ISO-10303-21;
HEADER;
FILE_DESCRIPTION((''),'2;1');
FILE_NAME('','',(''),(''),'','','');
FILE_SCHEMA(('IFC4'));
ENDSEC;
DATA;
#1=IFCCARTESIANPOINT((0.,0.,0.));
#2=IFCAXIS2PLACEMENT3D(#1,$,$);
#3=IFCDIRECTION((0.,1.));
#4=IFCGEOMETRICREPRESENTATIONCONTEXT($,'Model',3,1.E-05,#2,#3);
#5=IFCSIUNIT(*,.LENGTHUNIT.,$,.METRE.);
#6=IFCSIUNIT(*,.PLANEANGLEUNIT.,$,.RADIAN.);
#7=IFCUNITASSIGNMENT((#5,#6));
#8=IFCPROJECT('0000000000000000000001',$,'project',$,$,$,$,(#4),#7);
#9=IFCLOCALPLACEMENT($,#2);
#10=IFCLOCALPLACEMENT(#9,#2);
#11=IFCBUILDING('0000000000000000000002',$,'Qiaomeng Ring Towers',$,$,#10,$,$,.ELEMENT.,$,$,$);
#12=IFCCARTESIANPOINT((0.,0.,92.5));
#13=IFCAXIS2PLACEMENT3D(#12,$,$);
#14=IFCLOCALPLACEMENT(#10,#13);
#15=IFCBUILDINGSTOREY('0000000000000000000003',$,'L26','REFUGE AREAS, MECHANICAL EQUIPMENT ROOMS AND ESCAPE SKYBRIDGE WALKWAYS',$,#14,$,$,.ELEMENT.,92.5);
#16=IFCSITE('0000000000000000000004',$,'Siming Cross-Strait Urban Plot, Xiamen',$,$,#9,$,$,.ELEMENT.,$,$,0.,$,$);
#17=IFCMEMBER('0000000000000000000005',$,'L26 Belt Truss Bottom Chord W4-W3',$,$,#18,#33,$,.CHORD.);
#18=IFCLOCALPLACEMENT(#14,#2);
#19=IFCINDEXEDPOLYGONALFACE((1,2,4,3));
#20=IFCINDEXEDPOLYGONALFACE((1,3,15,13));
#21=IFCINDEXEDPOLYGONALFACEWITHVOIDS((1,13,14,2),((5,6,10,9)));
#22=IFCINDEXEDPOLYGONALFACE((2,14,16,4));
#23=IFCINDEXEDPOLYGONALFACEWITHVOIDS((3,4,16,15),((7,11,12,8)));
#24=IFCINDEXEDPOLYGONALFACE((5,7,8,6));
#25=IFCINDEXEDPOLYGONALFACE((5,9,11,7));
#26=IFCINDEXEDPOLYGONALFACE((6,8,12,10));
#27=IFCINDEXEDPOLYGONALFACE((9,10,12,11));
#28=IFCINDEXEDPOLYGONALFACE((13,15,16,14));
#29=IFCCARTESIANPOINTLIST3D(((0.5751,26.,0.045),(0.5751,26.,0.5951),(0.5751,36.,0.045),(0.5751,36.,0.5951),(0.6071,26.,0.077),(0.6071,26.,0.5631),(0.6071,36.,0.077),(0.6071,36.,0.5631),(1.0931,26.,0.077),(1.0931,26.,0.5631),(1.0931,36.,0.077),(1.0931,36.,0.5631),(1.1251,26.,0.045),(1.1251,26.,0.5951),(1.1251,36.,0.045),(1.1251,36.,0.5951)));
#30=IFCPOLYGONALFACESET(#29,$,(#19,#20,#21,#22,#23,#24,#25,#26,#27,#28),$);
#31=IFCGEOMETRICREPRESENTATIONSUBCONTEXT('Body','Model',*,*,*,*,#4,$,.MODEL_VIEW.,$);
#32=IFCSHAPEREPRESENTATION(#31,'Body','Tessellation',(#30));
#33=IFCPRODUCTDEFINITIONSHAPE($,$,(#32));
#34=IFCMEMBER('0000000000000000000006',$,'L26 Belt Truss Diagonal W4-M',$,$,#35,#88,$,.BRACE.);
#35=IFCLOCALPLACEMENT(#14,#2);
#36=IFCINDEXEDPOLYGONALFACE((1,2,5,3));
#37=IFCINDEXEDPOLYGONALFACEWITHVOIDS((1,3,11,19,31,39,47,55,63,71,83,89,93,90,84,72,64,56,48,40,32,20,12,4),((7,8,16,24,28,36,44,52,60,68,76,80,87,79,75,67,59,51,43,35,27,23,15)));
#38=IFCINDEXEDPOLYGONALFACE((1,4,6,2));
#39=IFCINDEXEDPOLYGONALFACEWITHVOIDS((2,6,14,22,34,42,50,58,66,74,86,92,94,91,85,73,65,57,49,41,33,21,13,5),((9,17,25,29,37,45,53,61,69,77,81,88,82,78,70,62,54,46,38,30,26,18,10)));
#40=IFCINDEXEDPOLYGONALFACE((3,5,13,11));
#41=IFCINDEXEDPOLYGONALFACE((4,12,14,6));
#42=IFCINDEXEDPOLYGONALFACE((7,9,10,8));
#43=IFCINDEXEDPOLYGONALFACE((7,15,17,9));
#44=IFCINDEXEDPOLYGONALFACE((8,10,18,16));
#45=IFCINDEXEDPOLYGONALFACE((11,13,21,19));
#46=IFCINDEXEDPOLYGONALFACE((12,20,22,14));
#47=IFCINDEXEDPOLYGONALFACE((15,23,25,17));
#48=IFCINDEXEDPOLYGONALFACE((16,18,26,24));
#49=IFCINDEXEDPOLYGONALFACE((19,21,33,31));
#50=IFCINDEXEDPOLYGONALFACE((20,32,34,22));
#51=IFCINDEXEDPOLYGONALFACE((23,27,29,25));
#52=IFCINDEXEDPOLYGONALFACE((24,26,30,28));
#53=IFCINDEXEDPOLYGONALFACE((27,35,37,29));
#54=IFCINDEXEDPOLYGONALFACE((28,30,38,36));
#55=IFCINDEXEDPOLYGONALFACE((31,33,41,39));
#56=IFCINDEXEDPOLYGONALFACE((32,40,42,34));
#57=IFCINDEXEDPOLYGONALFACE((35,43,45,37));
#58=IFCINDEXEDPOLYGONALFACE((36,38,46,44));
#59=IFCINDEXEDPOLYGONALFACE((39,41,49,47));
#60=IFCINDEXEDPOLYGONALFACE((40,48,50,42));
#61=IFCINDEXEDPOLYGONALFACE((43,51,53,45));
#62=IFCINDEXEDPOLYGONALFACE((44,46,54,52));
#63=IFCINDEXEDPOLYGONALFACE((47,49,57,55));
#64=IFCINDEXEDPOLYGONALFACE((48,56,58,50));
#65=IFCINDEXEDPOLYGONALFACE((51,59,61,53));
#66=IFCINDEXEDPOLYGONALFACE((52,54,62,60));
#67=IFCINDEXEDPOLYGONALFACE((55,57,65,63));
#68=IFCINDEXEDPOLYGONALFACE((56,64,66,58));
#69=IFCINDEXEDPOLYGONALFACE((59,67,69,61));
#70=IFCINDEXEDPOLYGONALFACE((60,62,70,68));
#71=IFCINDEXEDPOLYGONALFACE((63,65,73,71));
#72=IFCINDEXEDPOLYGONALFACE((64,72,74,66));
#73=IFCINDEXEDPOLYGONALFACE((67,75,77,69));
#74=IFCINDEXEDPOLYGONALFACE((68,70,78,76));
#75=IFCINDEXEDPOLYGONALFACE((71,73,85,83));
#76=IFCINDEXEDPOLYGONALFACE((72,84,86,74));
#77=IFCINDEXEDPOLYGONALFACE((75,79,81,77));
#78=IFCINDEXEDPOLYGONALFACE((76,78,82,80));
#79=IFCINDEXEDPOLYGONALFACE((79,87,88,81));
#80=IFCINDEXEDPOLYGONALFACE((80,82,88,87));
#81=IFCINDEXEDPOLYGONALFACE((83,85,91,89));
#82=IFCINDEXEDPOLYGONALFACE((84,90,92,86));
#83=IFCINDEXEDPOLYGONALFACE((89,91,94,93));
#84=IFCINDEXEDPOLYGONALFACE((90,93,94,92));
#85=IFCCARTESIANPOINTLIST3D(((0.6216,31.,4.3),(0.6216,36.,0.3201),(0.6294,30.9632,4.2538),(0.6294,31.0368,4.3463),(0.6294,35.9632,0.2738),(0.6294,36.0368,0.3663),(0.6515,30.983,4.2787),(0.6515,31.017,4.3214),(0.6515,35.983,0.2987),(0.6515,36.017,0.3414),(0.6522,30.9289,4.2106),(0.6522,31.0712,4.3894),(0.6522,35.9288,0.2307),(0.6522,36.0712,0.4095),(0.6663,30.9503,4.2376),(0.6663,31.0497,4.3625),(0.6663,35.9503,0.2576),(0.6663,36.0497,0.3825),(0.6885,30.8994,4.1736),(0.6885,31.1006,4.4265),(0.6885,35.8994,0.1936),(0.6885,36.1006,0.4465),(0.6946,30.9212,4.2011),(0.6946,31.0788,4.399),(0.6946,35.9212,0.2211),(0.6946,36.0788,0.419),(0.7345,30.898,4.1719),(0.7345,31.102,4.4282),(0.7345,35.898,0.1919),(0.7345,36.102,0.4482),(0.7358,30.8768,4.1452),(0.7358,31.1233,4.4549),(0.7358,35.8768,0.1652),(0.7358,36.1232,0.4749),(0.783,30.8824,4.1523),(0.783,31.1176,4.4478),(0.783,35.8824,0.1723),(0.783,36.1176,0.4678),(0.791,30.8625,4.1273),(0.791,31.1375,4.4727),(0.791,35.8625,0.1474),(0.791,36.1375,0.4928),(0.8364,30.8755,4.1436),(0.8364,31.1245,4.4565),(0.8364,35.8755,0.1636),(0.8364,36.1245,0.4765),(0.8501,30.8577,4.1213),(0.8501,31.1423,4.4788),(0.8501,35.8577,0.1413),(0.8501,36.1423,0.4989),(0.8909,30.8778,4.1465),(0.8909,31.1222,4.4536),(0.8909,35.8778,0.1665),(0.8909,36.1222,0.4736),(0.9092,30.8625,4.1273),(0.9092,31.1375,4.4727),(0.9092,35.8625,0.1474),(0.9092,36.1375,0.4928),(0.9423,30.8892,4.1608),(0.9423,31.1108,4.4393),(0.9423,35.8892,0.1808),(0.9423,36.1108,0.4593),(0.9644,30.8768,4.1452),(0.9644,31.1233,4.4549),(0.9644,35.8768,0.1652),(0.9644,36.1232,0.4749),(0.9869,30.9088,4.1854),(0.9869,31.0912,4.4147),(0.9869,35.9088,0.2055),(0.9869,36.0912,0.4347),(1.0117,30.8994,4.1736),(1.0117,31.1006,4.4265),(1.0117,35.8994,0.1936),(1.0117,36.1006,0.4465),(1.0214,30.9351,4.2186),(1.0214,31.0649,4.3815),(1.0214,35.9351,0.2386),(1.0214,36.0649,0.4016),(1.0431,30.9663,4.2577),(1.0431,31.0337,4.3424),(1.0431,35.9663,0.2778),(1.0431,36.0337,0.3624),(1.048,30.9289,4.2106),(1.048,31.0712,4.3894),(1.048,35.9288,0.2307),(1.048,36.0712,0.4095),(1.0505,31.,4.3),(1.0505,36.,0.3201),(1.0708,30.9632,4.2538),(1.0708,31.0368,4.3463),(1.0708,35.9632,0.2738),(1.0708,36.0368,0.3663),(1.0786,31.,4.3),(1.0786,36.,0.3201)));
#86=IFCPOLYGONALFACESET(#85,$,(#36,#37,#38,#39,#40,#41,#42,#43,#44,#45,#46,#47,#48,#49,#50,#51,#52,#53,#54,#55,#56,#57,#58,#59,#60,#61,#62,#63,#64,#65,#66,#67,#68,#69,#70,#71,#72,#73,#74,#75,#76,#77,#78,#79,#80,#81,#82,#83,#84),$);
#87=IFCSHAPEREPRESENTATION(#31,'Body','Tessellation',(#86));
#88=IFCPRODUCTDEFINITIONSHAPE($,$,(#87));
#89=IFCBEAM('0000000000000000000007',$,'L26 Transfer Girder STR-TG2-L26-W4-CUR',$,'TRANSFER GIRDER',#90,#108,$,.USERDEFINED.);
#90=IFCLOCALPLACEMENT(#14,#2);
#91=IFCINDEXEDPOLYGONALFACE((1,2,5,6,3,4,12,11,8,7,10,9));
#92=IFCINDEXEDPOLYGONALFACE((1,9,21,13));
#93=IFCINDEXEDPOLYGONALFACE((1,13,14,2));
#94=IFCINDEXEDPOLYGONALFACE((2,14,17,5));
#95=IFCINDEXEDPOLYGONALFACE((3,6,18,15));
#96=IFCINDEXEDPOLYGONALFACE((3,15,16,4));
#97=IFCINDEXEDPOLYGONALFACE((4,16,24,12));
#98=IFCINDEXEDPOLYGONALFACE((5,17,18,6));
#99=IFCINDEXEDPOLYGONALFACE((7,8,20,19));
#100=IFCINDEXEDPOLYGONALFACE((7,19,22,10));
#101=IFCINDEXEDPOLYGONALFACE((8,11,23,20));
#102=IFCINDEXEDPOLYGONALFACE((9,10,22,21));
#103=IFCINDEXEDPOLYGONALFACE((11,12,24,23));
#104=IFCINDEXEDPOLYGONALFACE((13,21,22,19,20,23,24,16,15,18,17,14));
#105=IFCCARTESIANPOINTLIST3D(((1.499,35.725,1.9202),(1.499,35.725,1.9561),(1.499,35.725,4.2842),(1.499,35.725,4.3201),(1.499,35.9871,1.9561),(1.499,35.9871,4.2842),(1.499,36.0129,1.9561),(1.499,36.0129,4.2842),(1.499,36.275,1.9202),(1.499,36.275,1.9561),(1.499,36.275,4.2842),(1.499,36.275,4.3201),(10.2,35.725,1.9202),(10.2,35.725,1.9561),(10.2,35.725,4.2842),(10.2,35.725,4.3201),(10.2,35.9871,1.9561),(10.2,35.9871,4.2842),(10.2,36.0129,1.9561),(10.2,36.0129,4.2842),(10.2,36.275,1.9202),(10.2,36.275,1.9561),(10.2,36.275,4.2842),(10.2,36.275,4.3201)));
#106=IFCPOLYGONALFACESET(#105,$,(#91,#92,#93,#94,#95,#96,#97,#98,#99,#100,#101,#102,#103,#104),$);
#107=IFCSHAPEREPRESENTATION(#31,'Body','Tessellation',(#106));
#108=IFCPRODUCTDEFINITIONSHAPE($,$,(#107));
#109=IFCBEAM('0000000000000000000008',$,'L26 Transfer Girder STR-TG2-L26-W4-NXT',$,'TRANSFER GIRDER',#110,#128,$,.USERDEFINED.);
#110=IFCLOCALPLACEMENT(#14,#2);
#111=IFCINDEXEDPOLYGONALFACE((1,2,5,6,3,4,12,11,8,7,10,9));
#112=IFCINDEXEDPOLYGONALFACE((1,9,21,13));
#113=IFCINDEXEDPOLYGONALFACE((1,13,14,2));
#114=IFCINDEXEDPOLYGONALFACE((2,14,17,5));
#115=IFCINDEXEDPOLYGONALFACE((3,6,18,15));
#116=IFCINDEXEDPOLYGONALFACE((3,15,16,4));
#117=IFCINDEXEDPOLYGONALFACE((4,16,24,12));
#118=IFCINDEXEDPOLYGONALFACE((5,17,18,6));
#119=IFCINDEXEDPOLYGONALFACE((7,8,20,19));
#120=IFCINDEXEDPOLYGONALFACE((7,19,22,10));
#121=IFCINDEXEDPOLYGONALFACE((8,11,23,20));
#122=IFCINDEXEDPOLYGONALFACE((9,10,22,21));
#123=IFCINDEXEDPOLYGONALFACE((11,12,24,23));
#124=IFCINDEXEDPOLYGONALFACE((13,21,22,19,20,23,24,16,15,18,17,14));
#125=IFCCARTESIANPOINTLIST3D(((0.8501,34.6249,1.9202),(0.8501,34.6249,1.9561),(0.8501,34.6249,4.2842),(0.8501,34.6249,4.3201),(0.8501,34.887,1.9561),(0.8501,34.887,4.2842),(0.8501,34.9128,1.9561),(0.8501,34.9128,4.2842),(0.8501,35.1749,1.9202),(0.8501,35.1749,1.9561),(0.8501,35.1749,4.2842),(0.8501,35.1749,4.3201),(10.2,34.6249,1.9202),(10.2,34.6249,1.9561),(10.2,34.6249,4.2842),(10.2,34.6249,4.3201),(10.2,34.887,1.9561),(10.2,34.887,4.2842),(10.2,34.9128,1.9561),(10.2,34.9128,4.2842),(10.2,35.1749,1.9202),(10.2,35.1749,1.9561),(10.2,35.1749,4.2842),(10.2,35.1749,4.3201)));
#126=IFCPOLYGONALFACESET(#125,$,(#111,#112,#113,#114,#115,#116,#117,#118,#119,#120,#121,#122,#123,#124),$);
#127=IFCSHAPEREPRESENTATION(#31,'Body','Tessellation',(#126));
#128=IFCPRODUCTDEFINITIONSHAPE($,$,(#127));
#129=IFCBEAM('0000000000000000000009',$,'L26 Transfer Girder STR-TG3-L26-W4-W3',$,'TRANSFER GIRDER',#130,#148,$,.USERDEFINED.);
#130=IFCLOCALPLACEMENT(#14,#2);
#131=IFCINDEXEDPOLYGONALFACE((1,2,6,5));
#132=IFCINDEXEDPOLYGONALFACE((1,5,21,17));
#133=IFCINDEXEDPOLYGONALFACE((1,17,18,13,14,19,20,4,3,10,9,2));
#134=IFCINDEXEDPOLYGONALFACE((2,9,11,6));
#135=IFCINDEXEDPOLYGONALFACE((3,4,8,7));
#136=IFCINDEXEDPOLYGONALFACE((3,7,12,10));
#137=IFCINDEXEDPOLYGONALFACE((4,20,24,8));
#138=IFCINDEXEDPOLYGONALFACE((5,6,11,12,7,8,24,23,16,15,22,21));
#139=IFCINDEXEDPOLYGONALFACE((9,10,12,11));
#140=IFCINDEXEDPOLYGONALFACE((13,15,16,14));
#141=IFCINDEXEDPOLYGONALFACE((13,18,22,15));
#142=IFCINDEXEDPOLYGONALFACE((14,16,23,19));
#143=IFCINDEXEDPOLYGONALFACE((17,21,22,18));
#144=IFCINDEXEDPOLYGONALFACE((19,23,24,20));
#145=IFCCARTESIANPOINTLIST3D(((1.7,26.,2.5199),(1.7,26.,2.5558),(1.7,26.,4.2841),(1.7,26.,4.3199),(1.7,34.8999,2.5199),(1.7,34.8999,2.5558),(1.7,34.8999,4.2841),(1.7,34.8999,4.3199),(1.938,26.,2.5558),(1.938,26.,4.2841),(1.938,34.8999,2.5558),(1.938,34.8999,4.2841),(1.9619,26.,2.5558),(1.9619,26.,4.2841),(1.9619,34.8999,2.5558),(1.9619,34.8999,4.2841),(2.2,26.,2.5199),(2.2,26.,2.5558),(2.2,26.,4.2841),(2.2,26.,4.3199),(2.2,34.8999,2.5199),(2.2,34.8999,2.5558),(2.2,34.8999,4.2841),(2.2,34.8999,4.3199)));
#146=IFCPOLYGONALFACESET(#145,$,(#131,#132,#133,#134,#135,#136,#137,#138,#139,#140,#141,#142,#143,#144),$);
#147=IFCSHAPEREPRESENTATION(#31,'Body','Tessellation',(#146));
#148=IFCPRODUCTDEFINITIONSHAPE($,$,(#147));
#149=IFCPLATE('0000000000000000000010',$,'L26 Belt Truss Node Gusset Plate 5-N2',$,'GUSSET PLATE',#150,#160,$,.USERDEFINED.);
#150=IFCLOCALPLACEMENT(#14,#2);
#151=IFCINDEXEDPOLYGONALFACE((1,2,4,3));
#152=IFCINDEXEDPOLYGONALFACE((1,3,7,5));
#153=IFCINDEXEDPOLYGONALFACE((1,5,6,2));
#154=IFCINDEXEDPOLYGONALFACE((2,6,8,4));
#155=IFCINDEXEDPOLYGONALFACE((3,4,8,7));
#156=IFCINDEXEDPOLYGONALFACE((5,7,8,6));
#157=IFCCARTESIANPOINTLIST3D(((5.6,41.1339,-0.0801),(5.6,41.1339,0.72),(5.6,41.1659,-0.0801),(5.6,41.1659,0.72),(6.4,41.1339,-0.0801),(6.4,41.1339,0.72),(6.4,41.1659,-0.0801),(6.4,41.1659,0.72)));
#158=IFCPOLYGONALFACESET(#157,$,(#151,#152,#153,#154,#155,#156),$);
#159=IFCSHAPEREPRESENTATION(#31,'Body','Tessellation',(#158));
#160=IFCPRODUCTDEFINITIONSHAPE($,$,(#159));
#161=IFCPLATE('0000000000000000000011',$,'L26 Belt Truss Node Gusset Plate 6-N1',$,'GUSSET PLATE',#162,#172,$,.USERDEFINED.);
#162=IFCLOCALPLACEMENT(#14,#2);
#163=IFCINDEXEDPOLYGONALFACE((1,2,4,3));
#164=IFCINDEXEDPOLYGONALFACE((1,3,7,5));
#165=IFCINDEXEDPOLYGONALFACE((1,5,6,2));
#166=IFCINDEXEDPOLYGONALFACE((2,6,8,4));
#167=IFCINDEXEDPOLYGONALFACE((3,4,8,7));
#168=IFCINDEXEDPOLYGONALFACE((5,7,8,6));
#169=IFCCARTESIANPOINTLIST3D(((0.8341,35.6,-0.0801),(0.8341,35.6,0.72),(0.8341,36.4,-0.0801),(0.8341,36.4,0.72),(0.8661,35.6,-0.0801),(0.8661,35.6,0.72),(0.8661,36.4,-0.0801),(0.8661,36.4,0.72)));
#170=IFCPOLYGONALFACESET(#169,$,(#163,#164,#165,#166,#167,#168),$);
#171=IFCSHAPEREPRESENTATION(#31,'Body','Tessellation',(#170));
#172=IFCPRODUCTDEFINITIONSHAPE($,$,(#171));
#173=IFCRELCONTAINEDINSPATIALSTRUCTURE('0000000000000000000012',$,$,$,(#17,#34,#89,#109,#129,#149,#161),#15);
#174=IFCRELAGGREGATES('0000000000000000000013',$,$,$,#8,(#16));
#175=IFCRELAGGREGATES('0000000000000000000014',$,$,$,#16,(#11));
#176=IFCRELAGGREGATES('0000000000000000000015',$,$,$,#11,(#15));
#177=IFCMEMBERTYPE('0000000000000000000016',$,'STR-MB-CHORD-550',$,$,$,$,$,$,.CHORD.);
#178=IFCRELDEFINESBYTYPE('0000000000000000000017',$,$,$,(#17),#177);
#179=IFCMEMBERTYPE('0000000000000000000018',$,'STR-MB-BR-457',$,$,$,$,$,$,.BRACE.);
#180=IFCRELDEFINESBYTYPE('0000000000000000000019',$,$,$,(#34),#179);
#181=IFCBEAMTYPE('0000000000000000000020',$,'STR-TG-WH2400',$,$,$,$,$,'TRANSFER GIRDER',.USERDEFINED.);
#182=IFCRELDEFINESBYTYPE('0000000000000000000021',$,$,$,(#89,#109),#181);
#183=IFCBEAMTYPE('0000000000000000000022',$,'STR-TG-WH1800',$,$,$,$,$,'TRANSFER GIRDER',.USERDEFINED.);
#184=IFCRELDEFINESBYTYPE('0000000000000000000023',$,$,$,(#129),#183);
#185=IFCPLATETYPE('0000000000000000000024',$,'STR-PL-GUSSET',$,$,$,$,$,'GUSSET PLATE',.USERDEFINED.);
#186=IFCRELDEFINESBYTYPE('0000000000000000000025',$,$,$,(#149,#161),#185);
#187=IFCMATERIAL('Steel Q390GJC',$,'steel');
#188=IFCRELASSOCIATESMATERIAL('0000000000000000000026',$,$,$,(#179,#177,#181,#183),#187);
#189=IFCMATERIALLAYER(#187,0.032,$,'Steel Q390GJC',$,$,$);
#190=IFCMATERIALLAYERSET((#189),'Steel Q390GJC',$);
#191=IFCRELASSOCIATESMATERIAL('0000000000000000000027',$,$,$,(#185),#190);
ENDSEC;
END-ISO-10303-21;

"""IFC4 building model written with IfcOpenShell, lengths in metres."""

from ifc_helpers import new_model, si_unit, direction, frame, origin, origin_2d, place, context, subcontext, project, spatial, rectangle, hollow_rectangle, hollow_circle, i_section, extrude, source, transform, mapped, material, layer, layer_set, material_profile, profile_set, type_object, element, save


model = new_model("IFC4")

# Units and contexts
model_context = context("Model", 3, precision=1e-05, world=origin(), true_north=direction((0.0, 1.0)))
body_context = subcontext(model_context, "Body", "Model", "MODEL_VIEW")
ifc_project = project(units=[si_unit("LENGTHUNIT", "METRE"), si_unit("PLANEANGLEUNIT", "RADIAN")], contexts=[model_context])

# Site, building, storey
site_placement = place(None, origin())
site = spatial("IfcSite", under=ifc_project, at=site_placement, Name="Siming Cross-Strait Urban Plot, Xiamen", CompositionType="ELEMENT", RefElevation=0.0)
building_placement = place(site_placement, origin())
building = spatial("IfcBuilding", under=site, at=building_placement, Name="Qiaomeng Ring Towers", CompositionType="ELEMENT")
storey_placement = place(building_placement, frame((0.0, 0.0, 92.5)))
storey = spatial("IfcBuildingStorey", under=building, at=storey_placement, Name="L26", Description="REFUGE AREAS, MECHANICAL EQUIPMENT ROOMS AND ESCAPE SKYBRIDGE WALKWAYS", CompositionType="ELEMENT", Elevation=92.5)

# Members
ifc_material_1 = material(Name="Steel Q390GJC", Category="steel")
ifc_material_profile_1 = material_profile(ifc_material_1, hollow_circle(Radius=0.2285, WallThickness=0.0281, at=origin_2d()), Name="CHS 457x28")
ifc_profile_set_1 = profile_set([ifc_material_profile_1], Name="Steel Q390GJC")
member_type_1 = type_object("IfcMemberType", Name="STR-MB-BR-457", PredefinedType="BRACE", material=ifc_profile_set_1)
ifc_material_profile_2 = material_profile(ifc_material_1, hollow_rectangle(XDim=0.55, YDim=0.55, WallThickness=0.032, at=origin_2d()), Name="SHS 550x550x32")
ifc_profile_set_2 = profile_set([ifc_material_profile_2], Name="Steel Q390GJC")
member_type_2 = type_object("IfcMemberType", Name="STR-MB-CHORD-550", PredefinedType="CHORD", material=ifc_profile_set_2)
shared_shape_1 = source(origin(), body_context, "Body", "SweptSolid", [
    extrude(hollow_rectangle(XDim=0.55, YDim=0.55, WallThickness=0.032, at=origin_2d()), origin(), (0.0, 0.0, 1.0), 10.0),
])
member_1_placement = place(storey_placement, frame((0.8501, 36.0, 0.3201), z_axis=(0.0, -1.0, 0.0), x_axis=(1.0, 0.0, 0.0)))
element("IfcMember", 1, at=member_1_placement, inside=storey, type_object=member_type_2, Name="L26 Belt Truss Bottom Chord W4-W3", PredefinedType="CHORD", context=body_context, shape_type="MappedRepresentation", body=[
    mapped(shared_shape_1, transform((0.0, 0.0, 0.0), x_axis=(1.0, 0.0, 0.0), y_axis=(0.0, 1.0, 0.0), z_axis=(0.0, 0.0, 1.0), scale=1.0)),
])
shared_shape_2 = source(origin(), body_context, "Body", "SweptSolid", [
    extrude(hollow_circle(Radius=0.2285, WallThickness=0.0281, at=origin_2d()), origin(), (0.0, 0.0, 1.0), 6.3906),
])
member_2_placement = place(storey_placement, frame((0.8501, 36.0, 0.3201), z_axis=(0.0, -0.782395, 0.622783), x_axis=(1.0, 0.0, 0.0)))
element("IfcMember", 2, at=member_2_placement, inside=storey, type_object=member_type_1, Name="L26 Belt Truss Diagonal W4-M", PredefinedType="BRACE", context=body_context, shape_type="MappedRepresentation", body=[
    mapped(shared_shape_2, transform((0.0, 0.0, 0.0), x_axis=(1.0, 0.0, 0.0), y_axis=(0.0, 1.0, 0.0), z_axis=(0.0, 0.0, 1.0), scale=1.0)),
])

# Beams
ifc_material_profile_3 = material_profile(ifc_material_1, i_section(OverallWidth=0.55, OverallDepth=2.3999, WebThickness=0.0259, FlangeThickness=0.0359, at=origin_2d()), Name="WH 2400x550x26x36")
ifc_profile_set_3 = profile_set([ifc_material_profile_3], Name="Steel Q390GJC")
beam_type_1 = type_object("IfcBeamType", Name="STR-TG-WH2400", ElementType="TRANSFER GIRDER", PredefinedType="USERDEFINED", material=ifc_profile_set_3)
shared_shape_3 = source(origin(), body_context, "Body", "SweptSolid", [
    extrude(i_section(OverallWidth=0.55, OverallDepth=2.3999, WebThickness=0.0259, FlangeThickness=0.0359, at=origin_2d()), origin(), (0.0, 0.0, 1.0), 8.7009),
])
beam_1_placement = place(storey_placement, frame((1.499, 36.0, 3.1201), z_axis=(1.0, 0.0, 0.0), x_axis=(0.0, 1.0, 0.0)))
element("IfcBeam", 3, at=beam_1_placement, inside=storey, type_object=beam_type_1, Name="L26 Transfer Girder STR-TG2-L26-W4-CUR", ObjectType="TRANSFER GIRDER", PredefinedType="USERDEFINED", context=body_context, shape_type="MappedRepresentation", body=[
    mapped(shared_shape_3, transform((0.0, 0.0, 0.0), x_axis=(1.0, 0.0, 0.0), y_axis=(0.0, 1.0, 0.0), z_axis=(0.0, 0.0, 1.0), scale=1.0)),
])
shared_shape_4 = source(origin(), body_context, "Body", "SweptSolid", [
    extrude(i_section(OverallWidth=0.55, OverallDepth=2.3999, WebThickness=0.0259, FlangeThickness=0.0359, at=origin_2d()), origin(), (0.0, 0.0, 1.0), 9.3499),
])
beam_2_placement = place(storey_placement, frame((0.8501, 34.8999, 3.1201), z_axis=(1.0, 0.0, 0.0), x_axis=(0.0, 1.0, 0.0)))
element("IfcBeam", 4, at=beam_2_placement, inside=storey, type_object=beam_type_1, Name="L26 Transfer Girder STR-TG2-L26-W4-NXT", ObjectType="TRANSFER GIRDER", PredefinedType="USERDEFINED", context=body_context, shape_type="MappedRepresentation", body=[
    mapped(shared_shape_4, transform((0.0, 0.0, 0.0), x_axis=(1.0, 0.0, 0.0), y_axis=(0.0, 1.0, 0.0), z_axis=(0.0, 0.0, 1.0), scale=1.0)),
])
ifc_material_profile_4 = material_profile(ifc_material_1, i_section(OverallWidth=0.5, OverallDepth=1.8, WebThickness=0.0239, FlangeThickness=0.0359, at=origin_2d()), Name="WH 1800x500x24x36")
ifc_profile_set_4 = profile_set([ifc_material_profile_4], Name="Steel Q390GJC")
beam_type_2 = type_object("IfcBeamType", Name="STR-TG-WH1800", ElementType="TRANSFER GIRDER", PredefinedType="USERDEFINED", material=ifc_profile_set_4)
shared_shape_5 = source(origin(), body_context, "Body", "SweptSolid", [
    extrude(i_section(OverallWidth=0.5, OverallDepth=1.8, WebThickness=0.0239, FlangeThickness=0.0359, at=origin_2d()), origin(), (0.0, 0.0, 1.0), 8.8999),
])
beam_3_placement = place(storey_placement, frame((1.95, 34.8999, 3.4199), z_axis=(0.0, -1.0, 0.0), x_axis=(1.0, 0.0, 0.0)))
element("IfcBeam", 5, at=beam_3_placement, inside=storey, type_object=beam_type_2, Name="L26 Transfer Girder STR-TG3-L26-W4-W3", ObjectType="TRANSFER GIRDER", PredefinedType="USERDEFINED", context=body_context, shape_type="MappedRepresentation", body=[
    mapped(shared_shape_5, transform((0.0, 0.0, 0.0), x_axis=(1.0, 0.0, 0.0), y_axis=(0.0, 1.0, 0.0), z_axis=(0.0, 0.0, 1.0), scale=1.0)),
])

# Plates
ifc_layer = layer(ifc_material_1, 0.032, Name="Steel Q390GJC")
ifc_layer_set = layer_set([ifc_layer], Name="Steel Q390GJC")
plate_type = type_object("IfcPlateType", Name="STR-PL-GUSSET", ElementType="GUSSET PLATE", PredefinedType="USERDEFINED", material=ifc_layer_set)
shared_shape_6 = source(origin(), body_context, "Body", "SweptSolid", [
    extrude(rectangle(XDim=0.8, YDim=0.032, at=origin_2d()), origin(), (0.0, 0.0, 1.0), 0.8),
])
for number, where, z_axis, x_axis, name in (
    (6, (6.0, 41.1499, -0.0801), (0.0, 0.0, 1.0), (-1.0, 0.0, 0.0), "L26 Belt Truss Node Gusset Plate 5-N2"),
    (7, (0.8501, 36.0, -0.0801), (0.0, 0.0, 1.0), (0.0, -1.0, 0.0), "L26 Belt Truss Node Gusset Plate 6-N1"),
):
    element("IfcPlate", number, at=place(storey_placement, frame(where, z_axis=z_axis, x_axis=x_axis)), inside=storey, type_object=plate_type, Name=name, ObjectType="GUSSET PLATE", PredefinedType="USERDEFINED", context=body_context, shape_type="MappedRepresentation", body=[
        mapped(shared_shape_6, transform((0.0, 0.0, 0.0), x_axis=(1.0, 0.0, 0.0), y_axis=(0.0, 1.0, 0.0), z_axis=(0.0, 0.0, 1.0), scale=1.0)),
    ])

save(model, "model.ifc")
